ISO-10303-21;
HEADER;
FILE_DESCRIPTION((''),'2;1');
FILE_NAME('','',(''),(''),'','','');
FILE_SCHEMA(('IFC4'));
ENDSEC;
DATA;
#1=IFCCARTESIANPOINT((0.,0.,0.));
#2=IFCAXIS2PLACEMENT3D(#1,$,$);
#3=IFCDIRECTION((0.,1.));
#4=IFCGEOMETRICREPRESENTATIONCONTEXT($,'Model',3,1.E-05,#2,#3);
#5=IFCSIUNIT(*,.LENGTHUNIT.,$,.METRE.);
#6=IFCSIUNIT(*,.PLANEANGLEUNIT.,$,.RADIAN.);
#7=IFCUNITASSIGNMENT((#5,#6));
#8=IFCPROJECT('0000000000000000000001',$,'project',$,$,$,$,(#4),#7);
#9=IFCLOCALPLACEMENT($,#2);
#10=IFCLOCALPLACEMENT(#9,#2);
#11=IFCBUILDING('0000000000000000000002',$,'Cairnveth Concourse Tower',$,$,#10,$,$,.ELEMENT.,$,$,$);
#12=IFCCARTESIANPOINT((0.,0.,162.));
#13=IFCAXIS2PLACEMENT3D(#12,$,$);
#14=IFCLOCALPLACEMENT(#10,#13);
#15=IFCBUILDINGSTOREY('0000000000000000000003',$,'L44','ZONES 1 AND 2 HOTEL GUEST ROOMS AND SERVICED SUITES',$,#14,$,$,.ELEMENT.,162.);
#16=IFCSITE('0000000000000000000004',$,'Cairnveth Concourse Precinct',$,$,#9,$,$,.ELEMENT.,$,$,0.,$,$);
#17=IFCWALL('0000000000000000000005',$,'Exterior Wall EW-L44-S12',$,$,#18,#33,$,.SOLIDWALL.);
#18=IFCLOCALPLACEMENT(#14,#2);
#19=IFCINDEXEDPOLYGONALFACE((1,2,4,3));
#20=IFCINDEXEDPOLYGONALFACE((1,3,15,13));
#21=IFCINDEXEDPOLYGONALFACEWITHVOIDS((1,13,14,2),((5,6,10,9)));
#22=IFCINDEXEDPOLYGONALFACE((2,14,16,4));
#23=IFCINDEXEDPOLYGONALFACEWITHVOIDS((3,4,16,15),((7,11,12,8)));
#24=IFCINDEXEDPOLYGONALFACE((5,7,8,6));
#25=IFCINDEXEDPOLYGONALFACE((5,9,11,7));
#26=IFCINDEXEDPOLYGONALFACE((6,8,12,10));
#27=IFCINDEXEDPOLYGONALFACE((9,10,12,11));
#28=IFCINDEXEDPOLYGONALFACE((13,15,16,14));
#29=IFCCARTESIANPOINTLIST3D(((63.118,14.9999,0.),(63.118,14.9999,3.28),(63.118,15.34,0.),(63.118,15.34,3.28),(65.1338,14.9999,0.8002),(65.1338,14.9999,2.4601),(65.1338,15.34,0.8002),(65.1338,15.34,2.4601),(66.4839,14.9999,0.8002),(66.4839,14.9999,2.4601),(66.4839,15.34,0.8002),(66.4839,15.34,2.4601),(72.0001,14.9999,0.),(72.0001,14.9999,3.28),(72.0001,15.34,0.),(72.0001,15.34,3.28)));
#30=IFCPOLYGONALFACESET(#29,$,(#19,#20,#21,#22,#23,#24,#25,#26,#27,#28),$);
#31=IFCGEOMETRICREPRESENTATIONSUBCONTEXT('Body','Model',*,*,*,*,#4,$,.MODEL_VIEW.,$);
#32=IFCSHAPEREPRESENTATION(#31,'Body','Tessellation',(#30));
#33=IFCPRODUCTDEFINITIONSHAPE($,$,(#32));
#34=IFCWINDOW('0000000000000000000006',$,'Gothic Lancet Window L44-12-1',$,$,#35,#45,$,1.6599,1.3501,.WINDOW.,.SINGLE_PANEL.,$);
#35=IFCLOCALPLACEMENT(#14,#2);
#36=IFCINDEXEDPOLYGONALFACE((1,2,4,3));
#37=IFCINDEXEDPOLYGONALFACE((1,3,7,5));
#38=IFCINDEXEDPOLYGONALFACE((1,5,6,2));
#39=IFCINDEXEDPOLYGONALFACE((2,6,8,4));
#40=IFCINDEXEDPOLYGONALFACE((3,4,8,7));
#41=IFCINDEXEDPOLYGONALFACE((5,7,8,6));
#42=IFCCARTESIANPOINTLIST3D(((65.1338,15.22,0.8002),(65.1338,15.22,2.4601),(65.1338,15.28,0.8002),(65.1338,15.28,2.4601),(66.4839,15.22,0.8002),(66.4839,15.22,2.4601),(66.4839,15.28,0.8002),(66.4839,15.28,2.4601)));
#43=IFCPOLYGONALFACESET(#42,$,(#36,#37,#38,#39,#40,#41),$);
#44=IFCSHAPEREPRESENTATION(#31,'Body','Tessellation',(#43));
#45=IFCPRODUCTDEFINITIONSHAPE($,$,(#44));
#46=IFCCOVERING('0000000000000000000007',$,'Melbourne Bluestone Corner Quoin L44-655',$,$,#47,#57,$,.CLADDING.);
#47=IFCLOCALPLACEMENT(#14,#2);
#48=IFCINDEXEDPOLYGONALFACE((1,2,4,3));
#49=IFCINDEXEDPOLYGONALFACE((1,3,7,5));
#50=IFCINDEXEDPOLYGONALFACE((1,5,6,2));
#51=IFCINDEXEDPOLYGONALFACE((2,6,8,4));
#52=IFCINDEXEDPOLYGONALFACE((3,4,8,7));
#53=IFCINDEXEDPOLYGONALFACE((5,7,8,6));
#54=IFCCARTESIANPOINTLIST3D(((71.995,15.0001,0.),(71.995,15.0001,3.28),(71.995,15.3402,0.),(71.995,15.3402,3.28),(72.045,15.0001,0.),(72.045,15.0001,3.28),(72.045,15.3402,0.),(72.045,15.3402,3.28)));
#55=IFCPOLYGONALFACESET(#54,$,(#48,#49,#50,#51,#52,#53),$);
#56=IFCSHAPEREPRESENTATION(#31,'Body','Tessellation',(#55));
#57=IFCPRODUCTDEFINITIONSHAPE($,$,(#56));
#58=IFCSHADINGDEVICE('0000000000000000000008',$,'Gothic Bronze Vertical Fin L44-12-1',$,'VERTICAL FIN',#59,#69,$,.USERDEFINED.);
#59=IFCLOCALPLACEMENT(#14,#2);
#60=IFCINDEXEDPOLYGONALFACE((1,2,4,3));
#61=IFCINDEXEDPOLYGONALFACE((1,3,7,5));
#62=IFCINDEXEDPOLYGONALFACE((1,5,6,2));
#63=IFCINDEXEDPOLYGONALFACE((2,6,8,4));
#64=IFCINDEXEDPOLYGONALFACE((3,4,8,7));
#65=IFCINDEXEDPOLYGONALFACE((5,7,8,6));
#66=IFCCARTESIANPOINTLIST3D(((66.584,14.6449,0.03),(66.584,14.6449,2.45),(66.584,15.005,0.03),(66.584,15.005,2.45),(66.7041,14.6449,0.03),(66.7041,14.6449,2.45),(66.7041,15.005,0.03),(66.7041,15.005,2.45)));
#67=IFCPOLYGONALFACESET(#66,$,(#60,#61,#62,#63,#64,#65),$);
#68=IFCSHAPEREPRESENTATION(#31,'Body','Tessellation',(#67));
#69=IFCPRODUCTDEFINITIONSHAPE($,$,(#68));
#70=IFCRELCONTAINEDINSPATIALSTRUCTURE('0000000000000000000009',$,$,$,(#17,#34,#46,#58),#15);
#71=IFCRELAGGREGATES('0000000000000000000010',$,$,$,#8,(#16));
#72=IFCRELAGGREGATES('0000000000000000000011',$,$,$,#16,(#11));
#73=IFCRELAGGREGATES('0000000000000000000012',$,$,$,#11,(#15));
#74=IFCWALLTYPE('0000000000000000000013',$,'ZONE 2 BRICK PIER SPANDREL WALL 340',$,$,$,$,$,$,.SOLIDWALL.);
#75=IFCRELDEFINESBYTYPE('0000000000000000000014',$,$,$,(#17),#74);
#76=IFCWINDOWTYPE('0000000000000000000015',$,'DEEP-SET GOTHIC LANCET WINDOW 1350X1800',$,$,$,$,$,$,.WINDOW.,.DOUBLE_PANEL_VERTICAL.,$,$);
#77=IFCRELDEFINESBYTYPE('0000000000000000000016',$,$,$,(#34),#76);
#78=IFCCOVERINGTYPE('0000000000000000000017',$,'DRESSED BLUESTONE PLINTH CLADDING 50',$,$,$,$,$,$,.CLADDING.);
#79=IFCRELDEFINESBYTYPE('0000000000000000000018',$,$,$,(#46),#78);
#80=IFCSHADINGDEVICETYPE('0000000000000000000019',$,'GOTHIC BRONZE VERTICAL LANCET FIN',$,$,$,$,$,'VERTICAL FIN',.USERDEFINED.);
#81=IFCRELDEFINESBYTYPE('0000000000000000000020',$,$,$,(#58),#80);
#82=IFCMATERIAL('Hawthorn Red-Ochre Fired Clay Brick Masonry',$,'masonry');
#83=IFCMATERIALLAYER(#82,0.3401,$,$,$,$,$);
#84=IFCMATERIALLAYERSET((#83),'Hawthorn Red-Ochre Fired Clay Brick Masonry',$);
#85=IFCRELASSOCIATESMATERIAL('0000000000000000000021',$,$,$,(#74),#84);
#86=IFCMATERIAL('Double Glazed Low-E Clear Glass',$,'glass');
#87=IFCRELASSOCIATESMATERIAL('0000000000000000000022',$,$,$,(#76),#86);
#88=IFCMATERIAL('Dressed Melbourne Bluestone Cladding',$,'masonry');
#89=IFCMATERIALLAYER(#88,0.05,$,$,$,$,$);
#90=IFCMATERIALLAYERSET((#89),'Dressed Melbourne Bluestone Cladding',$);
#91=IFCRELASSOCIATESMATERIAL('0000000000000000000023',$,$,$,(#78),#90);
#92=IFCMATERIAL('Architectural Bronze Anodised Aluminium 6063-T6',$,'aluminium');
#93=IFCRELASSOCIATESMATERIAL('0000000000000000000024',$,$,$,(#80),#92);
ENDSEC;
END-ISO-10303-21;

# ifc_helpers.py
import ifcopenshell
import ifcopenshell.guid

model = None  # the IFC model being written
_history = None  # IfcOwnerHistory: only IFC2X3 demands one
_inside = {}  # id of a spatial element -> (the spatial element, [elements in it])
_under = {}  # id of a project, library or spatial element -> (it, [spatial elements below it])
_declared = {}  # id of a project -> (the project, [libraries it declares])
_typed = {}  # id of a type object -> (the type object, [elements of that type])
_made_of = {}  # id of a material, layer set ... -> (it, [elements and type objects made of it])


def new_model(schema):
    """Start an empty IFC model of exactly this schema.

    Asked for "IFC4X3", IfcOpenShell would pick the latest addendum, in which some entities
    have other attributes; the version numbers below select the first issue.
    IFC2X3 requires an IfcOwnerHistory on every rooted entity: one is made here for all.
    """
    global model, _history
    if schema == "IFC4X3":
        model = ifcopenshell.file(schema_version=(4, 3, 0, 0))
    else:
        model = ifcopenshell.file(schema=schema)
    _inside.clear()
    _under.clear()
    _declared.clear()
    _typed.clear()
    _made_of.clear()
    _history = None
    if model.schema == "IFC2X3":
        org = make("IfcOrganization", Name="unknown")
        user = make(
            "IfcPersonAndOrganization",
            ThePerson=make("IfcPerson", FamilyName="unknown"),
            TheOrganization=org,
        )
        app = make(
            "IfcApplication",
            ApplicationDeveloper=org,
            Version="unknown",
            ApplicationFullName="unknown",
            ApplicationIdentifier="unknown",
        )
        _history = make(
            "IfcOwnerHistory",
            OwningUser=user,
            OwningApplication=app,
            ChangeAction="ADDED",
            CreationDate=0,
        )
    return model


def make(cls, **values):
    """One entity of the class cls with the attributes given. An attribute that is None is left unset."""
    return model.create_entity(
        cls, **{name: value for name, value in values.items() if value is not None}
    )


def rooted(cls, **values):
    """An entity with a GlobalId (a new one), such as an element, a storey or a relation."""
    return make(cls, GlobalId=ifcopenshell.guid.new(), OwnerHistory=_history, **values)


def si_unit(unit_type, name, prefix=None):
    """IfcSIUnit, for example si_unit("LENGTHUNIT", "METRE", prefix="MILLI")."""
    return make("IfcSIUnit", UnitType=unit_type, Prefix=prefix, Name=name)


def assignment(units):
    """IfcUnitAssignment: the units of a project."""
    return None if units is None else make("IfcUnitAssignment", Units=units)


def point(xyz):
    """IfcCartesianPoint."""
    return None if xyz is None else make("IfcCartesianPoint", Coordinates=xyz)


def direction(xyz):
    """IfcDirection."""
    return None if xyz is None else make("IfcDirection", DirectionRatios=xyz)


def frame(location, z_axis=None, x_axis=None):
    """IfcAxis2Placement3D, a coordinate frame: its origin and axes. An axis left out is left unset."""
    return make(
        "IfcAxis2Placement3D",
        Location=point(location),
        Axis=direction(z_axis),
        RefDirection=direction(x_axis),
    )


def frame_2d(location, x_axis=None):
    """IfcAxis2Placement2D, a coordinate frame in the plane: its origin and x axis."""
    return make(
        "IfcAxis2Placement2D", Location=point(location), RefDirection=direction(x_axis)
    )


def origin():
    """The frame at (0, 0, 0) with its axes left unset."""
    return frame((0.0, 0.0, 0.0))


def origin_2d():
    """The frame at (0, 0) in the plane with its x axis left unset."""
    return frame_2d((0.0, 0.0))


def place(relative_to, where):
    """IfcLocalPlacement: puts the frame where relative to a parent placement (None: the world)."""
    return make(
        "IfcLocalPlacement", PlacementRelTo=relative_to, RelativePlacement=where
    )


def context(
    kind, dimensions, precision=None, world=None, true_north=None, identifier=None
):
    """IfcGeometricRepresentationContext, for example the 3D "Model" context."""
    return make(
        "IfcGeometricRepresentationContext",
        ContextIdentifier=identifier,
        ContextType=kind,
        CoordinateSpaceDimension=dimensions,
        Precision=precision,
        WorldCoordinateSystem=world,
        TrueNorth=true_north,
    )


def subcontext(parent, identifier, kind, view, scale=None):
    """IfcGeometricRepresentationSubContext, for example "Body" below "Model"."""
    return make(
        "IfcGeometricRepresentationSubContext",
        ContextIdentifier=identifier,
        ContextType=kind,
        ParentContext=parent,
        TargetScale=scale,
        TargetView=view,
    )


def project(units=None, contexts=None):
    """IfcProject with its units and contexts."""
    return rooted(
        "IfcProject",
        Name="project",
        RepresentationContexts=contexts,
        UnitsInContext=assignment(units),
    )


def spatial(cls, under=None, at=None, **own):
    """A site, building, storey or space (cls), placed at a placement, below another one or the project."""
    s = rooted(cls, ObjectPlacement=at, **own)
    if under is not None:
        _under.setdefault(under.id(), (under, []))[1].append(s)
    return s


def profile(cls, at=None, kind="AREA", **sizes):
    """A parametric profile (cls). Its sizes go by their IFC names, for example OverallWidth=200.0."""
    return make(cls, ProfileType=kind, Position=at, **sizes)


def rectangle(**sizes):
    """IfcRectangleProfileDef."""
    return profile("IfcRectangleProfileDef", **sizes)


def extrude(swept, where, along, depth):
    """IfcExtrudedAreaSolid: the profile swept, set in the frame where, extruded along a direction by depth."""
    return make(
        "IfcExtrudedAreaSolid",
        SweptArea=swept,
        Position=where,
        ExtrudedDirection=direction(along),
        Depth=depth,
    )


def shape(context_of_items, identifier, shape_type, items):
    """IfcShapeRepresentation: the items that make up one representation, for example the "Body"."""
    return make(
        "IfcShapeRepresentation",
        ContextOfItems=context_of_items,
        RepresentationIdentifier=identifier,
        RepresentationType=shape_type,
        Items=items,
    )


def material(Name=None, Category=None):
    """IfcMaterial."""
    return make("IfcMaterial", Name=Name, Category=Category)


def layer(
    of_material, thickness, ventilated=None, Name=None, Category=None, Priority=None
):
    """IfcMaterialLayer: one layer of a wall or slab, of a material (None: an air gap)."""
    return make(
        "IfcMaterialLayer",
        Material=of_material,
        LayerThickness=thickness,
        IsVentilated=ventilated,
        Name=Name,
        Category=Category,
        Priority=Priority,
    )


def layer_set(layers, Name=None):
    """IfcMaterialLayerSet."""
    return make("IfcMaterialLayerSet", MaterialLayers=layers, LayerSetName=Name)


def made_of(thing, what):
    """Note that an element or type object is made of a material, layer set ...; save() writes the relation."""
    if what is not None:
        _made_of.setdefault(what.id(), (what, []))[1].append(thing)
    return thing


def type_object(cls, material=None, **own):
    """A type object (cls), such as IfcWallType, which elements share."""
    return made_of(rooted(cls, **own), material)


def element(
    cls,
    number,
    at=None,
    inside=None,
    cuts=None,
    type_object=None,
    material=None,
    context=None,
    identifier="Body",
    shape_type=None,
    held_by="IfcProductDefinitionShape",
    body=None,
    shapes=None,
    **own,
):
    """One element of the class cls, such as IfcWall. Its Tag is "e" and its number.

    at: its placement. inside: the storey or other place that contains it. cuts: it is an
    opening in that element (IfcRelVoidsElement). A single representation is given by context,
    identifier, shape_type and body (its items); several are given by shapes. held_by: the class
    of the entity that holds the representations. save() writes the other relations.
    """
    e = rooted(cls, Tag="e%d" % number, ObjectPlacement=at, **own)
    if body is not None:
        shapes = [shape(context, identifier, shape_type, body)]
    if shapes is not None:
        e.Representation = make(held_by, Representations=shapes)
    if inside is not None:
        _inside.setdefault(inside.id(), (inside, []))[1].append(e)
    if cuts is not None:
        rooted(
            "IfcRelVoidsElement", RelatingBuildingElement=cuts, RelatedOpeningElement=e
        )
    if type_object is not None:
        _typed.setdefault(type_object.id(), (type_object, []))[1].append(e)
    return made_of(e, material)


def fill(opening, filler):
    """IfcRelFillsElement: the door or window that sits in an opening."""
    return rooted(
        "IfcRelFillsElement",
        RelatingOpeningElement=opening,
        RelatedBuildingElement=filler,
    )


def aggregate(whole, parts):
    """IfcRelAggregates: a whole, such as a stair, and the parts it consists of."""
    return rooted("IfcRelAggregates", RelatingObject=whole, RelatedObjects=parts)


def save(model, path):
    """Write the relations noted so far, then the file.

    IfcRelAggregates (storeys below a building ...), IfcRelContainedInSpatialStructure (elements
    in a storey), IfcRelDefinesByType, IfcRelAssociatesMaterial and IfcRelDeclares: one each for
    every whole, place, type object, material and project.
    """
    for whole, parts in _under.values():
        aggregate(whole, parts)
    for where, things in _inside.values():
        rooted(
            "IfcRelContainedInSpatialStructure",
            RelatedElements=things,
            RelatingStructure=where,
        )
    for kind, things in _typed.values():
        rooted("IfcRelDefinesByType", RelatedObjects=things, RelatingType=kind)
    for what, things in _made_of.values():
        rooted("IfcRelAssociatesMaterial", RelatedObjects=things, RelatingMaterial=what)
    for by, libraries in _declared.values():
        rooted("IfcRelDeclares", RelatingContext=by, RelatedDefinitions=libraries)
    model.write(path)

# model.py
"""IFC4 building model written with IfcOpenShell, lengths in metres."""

from ifc_helpers import new_model, si_unit, direction, frame, frame_2d, origin, origin_2d, place, context, subcontext, project, spatial, rectangle, extrude, material, layer, layer_set, type_object, element, fill, save


model = new_model("IFC4")

# Units and contexts
model_context = context("Model", 3, precision=1e-05, world=origin(), true_north=direction((0.0, 1.0)))
body_context = subcontext(model_context, "Body", "Model", "MODEL_VIEW")
ifc_project = project(units=[si_unit("LENGTHUNIT", "METRE"), si_unit("PLANEANGLEUNIT", "RADIAN")], contexts=[model_context])

# Site, building, storey
site_placement = place(None, origin())
site = spatial("IfcSite", under=ifc_project, at=site_placement, Name="Cairnveth Concourse Precinct", CompositionType="ELEMENT", RefElevation=0.0)
building_placement = place(site_placement, origin())
building = spatial("IfcBuilding", under=site, at=building_placement, Name="Cairnveth Concourse Tower", CompositionType="ELEMENT")
storey_placement = place(building_placement, frame((0.0, 0.0, 162.0)))
storey = spatial("IfcBuildingStorey", under=building, at=storey_placement, Name="L44", Description="ZONES 1 AND 2 HOTEL GUEST ROOMS AND SERVICED SUITES", CompositionType="ELEMENT", Elevation=162.0)

# Wall, opening, window
ifc_material_1 = material(Name="Hawthorn Red-Ochre Fired Clay Brick Masonry", Category="masonry")
ifc_layer_1 = layer(ifc_material_1, 0.3401)
ifc_layer_set_1 = layer_set([ifc_layer_1], Name="Hawthorn Red-Ochre Fired Clay Brick Masonry")
wall_type_1 = type_object("IfcWallType", Name="ZONE 2 BRICK PIER SPANDREL WALL 340", PredefinedType="SOLIDWALL", material=ifc_layer_set_1)
wall_1_placement = place(storey_placement, frame((72.0, 15.1699, 0.0), z_axis=(0.0, 0.0, 1.0), x_axis=(-1.0, 0.0, 0.0)))
wall_1 = element("IfcWall", 1, at=wall_1_placement, inside=storey, type_object=wall_type_1, Name="Exterior Wall EW-L44-S12", PredefinedType="SOLIDWALL", context=body_context, shape_type="SweptSolid", body=[
    extrude(rectangle(XDim=8.8821, YDim=0.3401, at=frame_2d((4.4409, 0.0))), origin(), (0.0, 0.0, 1.0), 3.28),
])
opening_1_placement = place(wall_1_placement, frame((5.5161, 0.0, 0.8)))
opening_1 = element("IfcOpeningElement", 2, at=opening_1_placement, cuts=wall_1, PredefinedType="OPENING", context=body_context, shape_type="SweptSolid", body=[
    extrude(rectangle(XDim=1.3501, YDim=1.6599, at=frame_2d((0.675, 0.8301))), frame((0.0, 0.1799, 0.0), z_axis=(0.0, -1.0, 0.0), x_axis=(1.0, 0.0, 0.0)), (0.0, 0.0, 1.0), 0.3601),
])
ifc_material_2 = material(Name="Double Glazed Low-E Clear Glass", Category="glass")
window_type = type_object("IfcWindowType", Name="DEEP-SET GOTHIC LANCET WINDOW 1350X1800", PartitioningType="DOUBLE_PANEL_VERTICAL", PredefinedType="WINDOW", material=ifc_material_2)
window_placement = place(opening_1_placement, origin())
window = element("IfcWindow", 3, at=window_placement, inside=storey, type_object=window_type, Name="Gothic Lancet Window L44-12-1", OverallHeight=1.6599, OverallWidth=1.3501, PartitioningType="SINGLE_PANEL", PredefinedType="WINDOW", context=body_context, shape_type="SweptSolid", body=[
    extrude(rectangle(XDim=1.3501, YDim=1.6599, at=frame_2d((0.675, 0.8301))), frame((0.0, -0.05, 0.0), z_axis=(0.0, -1.0, 0.0), x_axis=(1.0, 0.0, 0.0)), (0.0, 0.0, 1.0), 0.0601),
])
fill(opening_1, window)

# Covering
ifc_material_3 = material(Name="Dressed Melbourne Bluestone Cladding", Category="masonry")
ifc_layer_2 = layer(ifc_material_3, 0.05)
ifc_layer_set_2 = layer_set([ifc_layer_2], Name="Dressed Melbourne Bluestone Cladding")
covering_type = type_object("IfcCoveringType", Name="DRESSED BLUESTONE PLINTH CLADDING 50", PredefinedType="CLADDING", material=ifc_layer_set_2)
covering_placement = place(storey_placement, frame((72.02, 15.3401, 0.0), z_axis=(0.0, 0.0, 1.0), x_axis=(0.0, -1.0, 0.0)))
element("IfcCovering", 4, at=covering_placement, inside=storey, type_object=covering_type, Name="Melbourne Bluestone Corner Quoin L44-655", PredefinedType="CLADDING", context=body_context, shape_type="SweptSolid", body=[
    extrude(rectangle(XDim=0.3401, YDim=0.05, at=frame_2d((0.1699, 0.0))), origin(), (0.0, 0.0, 1.0), 3.28),
])

# Shading device
ifc_material_4 = material(Name="Architectural Bronze Anodised Aluminium 6063-T6", Category="aluminium")
shading_device_type = type_object("IfcShadingDeviceType", Name="GOTHIC BRONZE VERTICAL LANCET FIN", ElementType="VERTICAL FIN", PredefinedType="USERDEFINED", material=ifc_material_4)
shading_device_placement = place(storey_placement, frame((66.644, 14.825, 0.03), z_axis=(0.0, 0.0, 1.0), x_axis=(1.0, 0.0, 0.0)))
element("IfcShadingDevice", 5, at=shading_device_placement, inside=storey, type_object=shading_device_type, Name="Gothic Bronze Vertical Fin L44-12-1", ObjectType="VERTICAL FIN", PredefinedType="USERDEFINED", context=body_context, shape_type="SweptSolid", body=[
    extrude(rectangle(XDim=0.1201, YDim=0.3601, at=origin_2d()), origin(), (0.0, 0.0, 1.0), 2.4199),
])

save(model, "model.ifc")
